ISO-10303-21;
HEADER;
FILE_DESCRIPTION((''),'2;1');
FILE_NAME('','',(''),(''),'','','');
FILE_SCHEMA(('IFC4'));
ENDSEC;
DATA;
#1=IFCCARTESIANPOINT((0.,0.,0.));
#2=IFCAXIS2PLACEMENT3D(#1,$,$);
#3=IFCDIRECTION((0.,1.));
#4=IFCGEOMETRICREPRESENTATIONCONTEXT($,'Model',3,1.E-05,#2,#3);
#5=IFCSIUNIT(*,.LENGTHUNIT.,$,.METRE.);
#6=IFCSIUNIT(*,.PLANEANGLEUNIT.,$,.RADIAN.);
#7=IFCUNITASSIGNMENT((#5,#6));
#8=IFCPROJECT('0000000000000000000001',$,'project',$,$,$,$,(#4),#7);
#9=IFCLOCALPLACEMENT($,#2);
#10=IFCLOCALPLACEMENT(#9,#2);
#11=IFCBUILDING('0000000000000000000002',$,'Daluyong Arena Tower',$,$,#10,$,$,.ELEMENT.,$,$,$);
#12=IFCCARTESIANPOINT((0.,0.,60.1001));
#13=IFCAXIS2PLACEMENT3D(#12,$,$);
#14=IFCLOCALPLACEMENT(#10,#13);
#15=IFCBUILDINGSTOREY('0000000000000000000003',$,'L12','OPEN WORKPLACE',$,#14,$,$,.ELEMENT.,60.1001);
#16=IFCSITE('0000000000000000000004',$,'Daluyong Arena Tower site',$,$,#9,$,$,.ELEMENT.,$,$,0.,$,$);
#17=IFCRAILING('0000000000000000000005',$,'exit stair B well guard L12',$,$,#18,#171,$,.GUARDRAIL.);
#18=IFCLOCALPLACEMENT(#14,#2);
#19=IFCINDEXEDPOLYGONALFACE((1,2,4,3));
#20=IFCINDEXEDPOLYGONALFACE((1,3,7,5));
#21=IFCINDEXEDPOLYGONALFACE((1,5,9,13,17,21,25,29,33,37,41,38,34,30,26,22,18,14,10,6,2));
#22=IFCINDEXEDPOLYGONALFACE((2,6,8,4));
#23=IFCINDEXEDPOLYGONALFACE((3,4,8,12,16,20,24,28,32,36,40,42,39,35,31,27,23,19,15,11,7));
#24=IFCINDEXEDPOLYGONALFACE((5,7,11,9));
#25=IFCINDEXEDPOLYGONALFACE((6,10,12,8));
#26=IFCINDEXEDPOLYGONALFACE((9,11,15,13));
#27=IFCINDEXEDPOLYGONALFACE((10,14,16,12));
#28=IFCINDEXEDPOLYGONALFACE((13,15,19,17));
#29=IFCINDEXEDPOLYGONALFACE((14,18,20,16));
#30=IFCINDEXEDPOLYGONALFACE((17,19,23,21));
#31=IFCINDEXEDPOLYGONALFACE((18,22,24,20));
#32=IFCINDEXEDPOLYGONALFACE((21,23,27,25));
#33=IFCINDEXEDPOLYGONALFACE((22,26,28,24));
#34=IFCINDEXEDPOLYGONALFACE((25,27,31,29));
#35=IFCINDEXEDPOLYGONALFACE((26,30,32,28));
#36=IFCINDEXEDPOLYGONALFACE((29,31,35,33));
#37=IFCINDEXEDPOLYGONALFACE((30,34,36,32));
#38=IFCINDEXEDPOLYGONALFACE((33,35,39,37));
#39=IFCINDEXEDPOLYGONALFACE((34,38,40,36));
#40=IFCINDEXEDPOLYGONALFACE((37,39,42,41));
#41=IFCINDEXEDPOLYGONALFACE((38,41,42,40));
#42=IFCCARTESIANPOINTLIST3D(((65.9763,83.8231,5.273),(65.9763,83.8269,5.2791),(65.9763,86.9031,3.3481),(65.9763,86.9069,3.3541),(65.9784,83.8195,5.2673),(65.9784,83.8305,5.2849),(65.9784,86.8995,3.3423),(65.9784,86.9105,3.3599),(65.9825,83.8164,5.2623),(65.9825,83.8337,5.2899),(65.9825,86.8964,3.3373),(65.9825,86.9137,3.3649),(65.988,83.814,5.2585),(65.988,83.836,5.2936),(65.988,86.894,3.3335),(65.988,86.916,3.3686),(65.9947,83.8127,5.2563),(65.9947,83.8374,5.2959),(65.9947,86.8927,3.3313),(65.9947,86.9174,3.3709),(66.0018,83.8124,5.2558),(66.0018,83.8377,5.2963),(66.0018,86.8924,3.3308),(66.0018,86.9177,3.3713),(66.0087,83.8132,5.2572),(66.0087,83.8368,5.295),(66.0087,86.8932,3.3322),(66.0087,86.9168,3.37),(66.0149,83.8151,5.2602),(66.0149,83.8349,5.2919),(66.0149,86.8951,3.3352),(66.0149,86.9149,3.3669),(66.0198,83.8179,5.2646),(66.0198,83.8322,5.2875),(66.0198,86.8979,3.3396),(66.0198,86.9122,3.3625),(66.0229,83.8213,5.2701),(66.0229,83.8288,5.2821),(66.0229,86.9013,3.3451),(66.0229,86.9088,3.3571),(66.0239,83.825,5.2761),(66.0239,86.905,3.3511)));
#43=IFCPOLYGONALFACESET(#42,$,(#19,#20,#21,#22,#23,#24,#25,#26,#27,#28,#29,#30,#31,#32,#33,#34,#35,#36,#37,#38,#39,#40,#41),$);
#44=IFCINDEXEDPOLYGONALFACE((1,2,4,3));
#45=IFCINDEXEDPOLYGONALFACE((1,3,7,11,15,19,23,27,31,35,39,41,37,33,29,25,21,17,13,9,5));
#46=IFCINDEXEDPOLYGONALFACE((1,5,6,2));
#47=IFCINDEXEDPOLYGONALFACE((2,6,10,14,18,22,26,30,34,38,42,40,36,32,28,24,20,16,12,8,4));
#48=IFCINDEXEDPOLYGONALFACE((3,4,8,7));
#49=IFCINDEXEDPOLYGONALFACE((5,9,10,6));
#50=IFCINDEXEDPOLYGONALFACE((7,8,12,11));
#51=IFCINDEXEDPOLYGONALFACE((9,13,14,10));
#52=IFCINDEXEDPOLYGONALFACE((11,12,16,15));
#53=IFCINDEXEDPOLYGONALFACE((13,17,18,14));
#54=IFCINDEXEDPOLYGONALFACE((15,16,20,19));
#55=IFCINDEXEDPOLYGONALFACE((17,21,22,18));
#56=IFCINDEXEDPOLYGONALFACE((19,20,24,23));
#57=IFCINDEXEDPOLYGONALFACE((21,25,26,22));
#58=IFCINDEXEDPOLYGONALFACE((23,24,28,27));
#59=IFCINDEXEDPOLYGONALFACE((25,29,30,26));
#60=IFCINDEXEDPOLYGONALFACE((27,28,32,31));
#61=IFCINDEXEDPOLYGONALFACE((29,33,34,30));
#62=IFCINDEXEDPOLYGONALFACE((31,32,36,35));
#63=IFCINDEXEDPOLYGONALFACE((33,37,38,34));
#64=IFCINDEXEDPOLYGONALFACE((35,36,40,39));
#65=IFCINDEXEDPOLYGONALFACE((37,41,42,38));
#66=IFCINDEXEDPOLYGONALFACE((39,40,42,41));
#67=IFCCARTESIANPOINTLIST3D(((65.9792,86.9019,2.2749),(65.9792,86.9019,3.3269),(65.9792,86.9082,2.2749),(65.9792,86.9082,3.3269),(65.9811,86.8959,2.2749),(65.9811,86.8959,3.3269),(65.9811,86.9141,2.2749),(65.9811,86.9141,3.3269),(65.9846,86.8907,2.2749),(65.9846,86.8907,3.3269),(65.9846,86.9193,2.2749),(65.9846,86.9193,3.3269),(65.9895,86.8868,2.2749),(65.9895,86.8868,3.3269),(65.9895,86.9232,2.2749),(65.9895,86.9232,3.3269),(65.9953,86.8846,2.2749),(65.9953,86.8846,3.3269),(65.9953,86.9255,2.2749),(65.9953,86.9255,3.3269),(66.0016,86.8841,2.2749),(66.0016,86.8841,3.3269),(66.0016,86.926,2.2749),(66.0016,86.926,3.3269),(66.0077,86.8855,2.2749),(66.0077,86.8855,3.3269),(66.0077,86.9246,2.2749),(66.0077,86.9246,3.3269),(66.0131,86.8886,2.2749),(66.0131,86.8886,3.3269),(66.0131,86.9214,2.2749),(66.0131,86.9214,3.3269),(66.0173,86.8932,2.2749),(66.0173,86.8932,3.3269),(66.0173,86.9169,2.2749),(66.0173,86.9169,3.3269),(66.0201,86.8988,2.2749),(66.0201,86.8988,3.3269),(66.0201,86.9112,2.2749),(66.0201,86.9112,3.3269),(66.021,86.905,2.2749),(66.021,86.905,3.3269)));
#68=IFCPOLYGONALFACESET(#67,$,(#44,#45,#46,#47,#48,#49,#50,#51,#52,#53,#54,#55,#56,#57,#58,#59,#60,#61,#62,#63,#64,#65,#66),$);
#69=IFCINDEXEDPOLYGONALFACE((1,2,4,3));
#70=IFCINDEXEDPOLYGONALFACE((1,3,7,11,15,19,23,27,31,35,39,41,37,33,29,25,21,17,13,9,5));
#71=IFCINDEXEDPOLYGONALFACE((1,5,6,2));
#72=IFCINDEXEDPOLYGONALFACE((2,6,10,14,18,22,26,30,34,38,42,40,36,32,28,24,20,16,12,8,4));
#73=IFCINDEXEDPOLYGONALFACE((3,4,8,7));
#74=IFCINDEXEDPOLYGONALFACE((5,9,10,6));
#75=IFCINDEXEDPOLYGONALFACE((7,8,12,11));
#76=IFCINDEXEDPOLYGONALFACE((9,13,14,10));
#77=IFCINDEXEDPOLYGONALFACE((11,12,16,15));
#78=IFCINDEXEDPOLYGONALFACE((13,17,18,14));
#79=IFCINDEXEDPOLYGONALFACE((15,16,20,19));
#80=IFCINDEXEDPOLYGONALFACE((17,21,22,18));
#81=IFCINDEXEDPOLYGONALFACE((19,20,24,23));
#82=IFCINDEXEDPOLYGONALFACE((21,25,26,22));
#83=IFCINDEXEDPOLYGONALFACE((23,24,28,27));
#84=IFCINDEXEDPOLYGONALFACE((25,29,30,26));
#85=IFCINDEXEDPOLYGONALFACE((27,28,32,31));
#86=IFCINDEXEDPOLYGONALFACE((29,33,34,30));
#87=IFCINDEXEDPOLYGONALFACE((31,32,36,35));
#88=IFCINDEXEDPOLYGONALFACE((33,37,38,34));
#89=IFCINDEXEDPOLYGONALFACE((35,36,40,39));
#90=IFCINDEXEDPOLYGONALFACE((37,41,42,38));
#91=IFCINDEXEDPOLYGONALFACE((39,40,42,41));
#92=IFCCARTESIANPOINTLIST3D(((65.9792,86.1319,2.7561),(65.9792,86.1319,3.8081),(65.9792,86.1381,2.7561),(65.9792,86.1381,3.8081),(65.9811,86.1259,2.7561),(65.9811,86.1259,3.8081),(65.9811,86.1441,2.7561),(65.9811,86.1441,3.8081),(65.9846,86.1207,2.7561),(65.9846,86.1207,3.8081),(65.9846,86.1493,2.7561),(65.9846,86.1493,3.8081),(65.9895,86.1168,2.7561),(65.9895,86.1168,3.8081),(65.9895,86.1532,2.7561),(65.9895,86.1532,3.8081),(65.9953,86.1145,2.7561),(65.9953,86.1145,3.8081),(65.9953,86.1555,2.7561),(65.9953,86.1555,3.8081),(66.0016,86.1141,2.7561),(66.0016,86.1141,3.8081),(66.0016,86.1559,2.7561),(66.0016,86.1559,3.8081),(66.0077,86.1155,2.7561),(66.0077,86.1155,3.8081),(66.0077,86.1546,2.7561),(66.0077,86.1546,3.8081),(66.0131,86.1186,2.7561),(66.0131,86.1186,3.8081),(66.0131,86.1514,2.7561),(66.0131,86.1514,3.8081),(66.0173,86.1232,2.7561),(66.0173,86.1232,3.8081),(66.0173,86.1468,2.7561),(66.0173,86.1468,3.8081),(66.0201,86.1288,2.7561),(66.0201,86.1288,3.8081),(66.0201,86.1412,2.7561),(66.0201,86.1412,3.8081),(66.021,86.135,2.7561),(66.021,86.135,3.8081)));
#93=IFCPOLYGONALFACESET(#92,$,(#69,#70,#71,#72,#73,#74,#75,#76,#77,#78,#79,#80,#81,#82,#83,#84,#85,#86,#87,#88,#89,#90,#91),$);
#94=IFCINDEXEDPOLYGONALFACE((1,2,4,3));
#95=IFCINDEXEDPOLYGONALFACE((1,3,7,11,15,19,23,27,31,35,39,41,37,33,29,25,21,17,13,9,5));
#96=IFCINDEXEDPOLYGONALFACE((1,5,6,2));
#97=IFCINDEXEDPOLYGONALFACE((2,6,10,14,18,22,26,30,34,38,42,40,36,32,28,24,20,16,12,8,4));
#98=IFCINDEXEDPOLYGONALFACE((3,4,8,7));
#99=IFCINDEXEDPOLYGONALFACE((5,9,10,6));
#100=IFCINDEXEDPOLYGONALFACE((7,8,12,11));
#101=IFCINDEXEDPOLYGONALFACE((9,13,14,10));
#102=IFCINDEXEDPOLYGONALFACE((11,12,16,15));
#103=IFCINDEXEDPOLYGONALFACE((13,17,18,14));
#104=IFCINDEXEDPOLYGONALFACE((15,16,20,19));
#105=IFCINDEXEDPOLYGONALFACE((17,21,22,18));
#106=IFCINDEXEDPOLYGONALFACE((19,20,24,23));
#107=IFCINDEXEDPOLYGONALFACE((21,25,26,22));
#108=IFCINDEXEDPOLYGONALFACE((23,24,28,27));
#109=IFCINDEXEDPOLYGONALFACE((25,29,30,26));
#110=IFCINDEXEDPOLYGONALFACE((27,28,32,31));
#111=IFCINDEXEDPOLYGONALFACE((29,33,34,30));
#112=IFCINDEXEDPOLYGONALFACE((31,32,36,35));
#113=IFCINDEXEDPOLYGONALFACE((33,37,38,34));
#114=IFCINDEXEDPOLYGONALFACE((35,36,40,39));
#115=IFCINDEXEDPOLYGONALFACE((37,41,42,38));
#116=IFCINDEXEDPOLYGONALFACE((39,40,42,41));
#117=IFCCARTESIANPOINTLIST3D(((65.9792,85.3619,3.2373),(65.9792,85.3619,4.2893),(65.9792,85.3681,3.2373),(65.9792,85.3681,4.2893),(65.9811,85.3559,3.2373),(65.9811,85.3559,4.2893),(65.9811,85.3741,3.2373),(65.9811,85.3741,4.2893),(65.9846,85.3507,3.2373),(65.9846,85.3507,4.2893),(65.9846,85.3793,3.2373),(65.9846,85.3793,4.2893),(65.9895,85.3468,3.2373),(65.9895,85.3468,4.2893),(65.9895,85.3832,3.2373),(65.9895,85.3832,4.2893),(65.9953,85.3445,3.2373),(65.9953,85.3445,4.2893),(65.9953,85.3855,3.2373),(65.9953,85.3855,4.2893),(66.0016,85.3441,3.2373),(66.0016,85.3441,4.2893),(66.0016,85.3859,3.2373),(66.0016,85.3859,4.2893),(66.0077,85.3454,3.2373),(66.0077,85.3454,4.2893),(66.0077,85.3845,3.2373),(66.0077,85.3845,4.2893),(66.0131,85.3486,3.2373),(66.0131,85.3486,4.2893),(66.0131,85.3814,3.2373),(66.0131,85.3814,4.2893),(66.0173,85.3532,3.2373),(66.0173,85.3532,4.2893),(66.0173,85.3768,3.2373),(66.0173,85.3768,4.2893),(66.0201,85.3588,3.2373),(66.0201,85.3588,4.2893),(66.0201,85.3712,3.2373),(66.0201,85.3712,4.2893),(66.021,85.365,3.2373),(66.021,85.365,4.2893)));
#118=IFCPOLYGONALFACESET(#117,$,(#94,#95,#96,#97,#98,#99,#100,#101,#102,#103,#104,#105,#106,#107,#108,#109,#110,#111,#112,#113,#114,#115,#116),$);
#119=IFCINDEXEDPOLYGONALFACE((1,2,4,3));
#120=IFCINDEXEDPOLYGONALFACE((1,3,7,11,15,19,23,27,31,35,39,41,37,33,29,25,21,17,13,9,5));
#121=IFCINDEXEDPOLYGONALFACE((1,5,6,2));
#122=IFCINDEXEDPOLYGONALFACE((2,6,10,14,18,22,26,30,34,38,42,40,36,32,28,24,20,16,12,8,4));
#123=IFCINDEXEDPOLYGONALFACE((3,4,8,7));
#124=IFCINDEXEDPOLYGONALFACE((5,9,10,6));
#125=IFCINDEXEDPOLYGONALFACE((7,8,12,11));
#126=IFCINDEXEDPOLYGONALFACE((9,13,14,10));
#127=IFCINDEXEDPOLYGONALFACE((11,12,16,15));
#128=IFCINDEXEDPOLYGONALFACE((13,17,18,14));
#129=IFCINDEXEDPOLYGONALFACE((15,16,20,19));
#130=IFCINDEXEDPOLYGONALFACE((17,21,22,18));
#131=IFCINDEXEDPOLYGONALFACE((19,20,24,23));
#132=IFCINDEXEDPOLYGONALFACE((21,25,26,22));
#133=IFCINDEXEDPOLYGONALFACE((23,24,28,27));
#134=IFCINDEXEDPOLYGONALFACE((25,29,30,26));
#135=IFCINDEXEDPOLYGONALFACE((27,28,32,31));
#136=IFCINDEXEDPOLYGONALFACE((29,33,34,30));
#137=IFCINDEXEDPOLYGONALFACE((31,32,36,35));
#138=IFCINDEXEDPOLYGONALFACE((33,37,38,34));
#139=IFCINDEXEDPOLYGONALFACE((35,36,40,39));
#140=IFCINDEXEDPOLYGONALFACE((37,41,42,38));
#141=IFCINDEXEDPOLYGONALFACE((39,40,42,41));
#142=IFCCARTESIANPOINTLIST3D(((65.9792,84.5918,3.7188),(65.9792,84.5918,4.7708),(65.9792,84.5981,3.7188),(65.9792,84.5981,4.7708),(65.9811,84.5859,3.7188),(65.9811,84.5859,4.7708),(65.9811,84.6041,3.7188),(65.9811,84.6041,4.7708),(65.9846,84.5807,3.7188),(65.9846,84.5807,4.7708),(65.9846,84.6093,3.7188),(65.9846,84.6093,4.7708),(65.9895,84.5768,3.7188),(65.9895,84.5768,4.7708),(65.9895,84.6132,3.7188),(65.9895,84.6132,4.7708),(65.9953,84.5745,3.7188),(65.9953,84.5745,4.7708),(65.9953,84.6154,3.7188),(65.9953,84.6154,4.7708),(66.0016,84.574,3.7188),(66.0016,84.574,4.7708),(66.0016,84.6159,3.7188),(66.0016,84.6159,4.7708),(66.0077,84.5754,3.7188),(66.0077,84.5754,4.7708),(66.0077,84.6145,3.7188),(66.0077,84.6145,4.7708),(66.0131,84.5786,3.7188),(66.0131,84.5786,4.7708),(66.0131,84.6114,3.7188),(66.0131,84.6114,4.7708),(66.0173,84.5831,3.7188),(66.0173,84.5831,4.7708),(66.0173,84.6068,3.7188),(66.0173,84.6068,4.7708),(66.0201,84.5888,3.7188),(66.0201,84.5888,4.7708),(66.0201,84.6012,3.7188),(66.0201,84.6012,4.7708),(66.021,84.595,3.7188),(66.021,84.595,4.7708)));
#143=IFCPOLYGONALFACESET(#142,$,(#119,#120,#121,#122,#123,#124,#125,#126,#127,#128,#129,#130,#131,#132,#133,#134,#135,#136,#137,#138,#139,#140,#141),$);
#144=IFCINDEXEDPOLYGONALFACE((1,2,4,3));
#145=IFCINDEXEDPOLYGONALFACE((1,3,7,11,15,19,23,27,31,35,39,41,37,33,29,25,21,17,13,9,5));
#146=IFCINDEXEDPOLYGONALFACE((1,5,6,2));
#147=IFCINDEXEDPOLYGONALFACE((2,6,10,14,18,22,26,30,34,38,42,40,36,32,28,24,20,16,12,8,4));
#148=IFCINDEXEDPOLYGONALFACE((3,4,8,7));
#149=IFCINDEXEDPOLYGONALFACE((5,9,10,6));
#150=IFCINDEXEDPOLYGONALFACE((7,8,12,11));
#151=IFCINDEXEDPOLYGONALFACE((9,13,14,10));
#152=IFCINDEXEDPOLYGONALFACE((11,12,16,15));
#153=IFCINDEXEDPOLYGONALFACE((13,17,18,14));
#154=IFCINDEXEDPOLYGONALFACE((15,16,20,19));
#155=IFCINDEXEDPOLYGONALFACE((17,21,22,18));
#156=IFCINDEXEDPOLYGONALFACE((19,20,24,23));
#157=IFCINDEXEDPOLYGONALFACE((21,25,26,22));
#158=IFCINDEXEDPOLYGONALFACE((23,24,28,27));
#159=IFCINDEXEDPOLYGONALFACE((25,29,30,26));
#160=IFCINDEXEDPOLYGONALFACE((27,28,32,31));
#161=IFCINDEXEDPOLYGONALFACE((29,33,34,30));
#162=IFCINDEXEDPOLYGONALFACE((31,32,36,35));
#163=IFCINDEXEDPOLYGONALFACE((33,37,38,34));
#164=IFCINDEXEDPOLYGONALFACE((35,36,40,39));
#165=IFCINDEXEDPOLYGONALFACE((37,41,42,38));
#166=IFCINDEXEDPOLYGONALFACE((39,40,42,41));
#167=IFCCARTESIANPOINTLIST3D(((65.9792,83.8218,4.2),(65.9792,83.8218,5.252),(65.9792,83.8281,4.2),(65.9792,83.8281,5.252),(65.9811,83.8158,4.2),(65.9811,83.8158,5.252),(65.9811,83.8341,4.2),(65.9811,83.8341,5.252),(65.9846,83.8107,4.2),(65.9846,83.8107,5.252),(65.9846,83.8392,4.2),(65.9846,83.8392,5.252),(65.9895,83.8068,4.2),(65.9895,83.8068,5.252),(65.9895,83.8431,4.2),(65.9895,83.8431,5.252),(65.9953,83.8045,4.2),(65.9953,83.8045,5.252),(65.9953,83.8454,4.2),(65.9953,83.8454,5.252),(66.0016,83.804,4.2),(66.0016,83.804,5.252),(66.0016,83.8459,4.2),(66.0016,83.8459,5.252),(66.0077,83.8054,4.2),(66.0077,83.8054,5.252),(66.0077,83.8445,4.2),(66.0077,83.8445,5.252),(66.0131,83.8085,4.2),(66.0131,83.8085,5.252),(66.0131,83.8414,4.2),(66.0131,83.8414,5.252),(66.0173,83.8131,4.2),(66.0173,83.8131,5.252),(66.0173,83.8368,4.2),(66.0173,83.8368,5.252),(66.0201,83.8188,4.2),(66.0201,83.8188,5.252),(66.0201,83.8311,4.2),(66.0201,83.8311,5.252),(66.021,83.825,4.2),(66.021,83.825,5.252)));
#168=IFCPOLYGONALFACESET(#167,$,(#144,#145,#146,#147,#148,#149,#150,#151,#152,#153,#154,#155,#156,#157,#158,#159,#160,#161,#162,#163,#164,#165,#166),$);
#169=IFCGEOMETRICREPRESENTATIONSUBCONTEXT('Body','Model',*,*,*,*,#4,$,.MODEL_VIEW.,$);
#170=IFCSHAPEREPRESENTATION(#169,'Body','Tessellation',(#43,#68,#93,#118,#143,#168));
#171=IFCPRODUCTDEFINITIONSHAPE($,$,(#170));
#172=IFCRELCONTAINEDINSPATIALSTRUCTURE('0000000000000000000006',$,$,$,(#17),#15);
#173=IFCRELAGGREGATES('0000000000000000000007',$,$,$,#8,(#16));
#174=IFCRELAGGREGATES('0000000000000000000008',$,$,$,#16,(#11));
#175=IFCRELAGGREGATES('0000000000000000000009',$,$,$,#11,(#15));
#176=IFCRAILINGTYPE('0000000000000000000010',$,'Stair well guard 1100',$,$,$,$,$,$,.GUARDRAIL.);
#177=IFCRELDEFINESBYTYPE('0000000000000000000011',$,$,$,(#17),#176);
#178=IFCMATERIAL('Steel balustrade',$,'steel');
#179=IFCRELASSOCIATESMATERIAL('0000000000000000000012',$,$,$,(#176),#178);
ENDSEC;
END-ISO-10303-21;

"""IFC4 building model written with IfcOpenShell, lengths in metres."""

from ifc_helpers import new_model, si_unit, direction, frame, origin, origin_2d, place, context, subcontext, project, spatial, circle, extrude, material, type_object, element, save


model = new_model("IFC4")

# Units and contexts
model_context = context("Model", 3, precision=1e-05, world=origin(), true_north=direction((0.0, 1.0)))
body_context = subcontext(model_context, "Body", "Model", "MODEL_VIEW")
ifc_project = project(units=[si_unit("LENGTHUNIT", "METRE"), si_unit("PLANEANGLEUNIT", "RADIAN")], contexts=[model_context])

# Site, building, storey
site_placement = place(None, origin())
site = spatial("IfcSite", under=ifc_project, at=site_placement, Name="Daluyong Arena Tower site", CompositionType="ELEMENT", RefElevation=0.0)
building_placement = place(site_placement, origin())
building = spatial("IfcBuilding", under=site, at=building_placement, Name="Daluyong Arena Tower", CompositionType="ELEMENT")
storey_placement = place(building_placement, frame((0.0, 0.0, 60.1001)))
storey = spatial("IfcBuildingStorey", under=building, at=storey_placement, Name="L12", Description="OPEN WORKPLACE", CompositionType="ELEMENT", Elevation=60.1001)

# Railing
ifc_material_1 = material(Name="Steel balustrade", Category="steel")
railing_type_1 = type_object("IfcRailingType", Name="Stair well guard 1100", PredefinedType="GUARDRAIL", material=ifc_material_1)
railing_1_placement = place(storey_placement, frame((66.0, 86.905, 2.2749)))
element("IfcRailing", 1, at=railing_1_placement, inside=storey, type_object=railing_type_1, Name="exit stair B well guard L12", PredefinedType="GUARDRAIL", context=body_context, shape_type="SweptSolid", body=[
    extrude(circle(Radius=0.0239, at=origin_2d()), frame((0.0, 0.0, 1.0762), z_axis=(0.0, -0.847998, 0.529999), x_axis=(1.0, 0.0, 0.0)), (0.0, 0.0, 1.0), 3.6321),
    extrude(circle(Radius=0.021, at=origin_2d()), origin(), (0.0, 0.0, 1.0), 1.052),
    extrude(circle(Radius=0.021, at=origin_2d()), frame((0.0, -0.77, 0.4812)), (0.0, 0.0, 1.0), 1.052),
    extrude(circle(Radius=0.021, at=origin_2d()), frame((0.0, -1.54, 0.9624)), (0.0, 0.0, 1.0), 1.052),
    extrude(circle(Radius=0.021, at=origin_2d()), frame((0.0, -2.3101, 1.4438)), (0.0, 0.0, 1.0), 1.052),
    extrude(circle(Radius=0.021, at=origin_2d()), frame((0.0, -3.0801, 1.925)), (0.0, 0.0, 1.0), 1.052),
])

save(model, "model.ifc")
